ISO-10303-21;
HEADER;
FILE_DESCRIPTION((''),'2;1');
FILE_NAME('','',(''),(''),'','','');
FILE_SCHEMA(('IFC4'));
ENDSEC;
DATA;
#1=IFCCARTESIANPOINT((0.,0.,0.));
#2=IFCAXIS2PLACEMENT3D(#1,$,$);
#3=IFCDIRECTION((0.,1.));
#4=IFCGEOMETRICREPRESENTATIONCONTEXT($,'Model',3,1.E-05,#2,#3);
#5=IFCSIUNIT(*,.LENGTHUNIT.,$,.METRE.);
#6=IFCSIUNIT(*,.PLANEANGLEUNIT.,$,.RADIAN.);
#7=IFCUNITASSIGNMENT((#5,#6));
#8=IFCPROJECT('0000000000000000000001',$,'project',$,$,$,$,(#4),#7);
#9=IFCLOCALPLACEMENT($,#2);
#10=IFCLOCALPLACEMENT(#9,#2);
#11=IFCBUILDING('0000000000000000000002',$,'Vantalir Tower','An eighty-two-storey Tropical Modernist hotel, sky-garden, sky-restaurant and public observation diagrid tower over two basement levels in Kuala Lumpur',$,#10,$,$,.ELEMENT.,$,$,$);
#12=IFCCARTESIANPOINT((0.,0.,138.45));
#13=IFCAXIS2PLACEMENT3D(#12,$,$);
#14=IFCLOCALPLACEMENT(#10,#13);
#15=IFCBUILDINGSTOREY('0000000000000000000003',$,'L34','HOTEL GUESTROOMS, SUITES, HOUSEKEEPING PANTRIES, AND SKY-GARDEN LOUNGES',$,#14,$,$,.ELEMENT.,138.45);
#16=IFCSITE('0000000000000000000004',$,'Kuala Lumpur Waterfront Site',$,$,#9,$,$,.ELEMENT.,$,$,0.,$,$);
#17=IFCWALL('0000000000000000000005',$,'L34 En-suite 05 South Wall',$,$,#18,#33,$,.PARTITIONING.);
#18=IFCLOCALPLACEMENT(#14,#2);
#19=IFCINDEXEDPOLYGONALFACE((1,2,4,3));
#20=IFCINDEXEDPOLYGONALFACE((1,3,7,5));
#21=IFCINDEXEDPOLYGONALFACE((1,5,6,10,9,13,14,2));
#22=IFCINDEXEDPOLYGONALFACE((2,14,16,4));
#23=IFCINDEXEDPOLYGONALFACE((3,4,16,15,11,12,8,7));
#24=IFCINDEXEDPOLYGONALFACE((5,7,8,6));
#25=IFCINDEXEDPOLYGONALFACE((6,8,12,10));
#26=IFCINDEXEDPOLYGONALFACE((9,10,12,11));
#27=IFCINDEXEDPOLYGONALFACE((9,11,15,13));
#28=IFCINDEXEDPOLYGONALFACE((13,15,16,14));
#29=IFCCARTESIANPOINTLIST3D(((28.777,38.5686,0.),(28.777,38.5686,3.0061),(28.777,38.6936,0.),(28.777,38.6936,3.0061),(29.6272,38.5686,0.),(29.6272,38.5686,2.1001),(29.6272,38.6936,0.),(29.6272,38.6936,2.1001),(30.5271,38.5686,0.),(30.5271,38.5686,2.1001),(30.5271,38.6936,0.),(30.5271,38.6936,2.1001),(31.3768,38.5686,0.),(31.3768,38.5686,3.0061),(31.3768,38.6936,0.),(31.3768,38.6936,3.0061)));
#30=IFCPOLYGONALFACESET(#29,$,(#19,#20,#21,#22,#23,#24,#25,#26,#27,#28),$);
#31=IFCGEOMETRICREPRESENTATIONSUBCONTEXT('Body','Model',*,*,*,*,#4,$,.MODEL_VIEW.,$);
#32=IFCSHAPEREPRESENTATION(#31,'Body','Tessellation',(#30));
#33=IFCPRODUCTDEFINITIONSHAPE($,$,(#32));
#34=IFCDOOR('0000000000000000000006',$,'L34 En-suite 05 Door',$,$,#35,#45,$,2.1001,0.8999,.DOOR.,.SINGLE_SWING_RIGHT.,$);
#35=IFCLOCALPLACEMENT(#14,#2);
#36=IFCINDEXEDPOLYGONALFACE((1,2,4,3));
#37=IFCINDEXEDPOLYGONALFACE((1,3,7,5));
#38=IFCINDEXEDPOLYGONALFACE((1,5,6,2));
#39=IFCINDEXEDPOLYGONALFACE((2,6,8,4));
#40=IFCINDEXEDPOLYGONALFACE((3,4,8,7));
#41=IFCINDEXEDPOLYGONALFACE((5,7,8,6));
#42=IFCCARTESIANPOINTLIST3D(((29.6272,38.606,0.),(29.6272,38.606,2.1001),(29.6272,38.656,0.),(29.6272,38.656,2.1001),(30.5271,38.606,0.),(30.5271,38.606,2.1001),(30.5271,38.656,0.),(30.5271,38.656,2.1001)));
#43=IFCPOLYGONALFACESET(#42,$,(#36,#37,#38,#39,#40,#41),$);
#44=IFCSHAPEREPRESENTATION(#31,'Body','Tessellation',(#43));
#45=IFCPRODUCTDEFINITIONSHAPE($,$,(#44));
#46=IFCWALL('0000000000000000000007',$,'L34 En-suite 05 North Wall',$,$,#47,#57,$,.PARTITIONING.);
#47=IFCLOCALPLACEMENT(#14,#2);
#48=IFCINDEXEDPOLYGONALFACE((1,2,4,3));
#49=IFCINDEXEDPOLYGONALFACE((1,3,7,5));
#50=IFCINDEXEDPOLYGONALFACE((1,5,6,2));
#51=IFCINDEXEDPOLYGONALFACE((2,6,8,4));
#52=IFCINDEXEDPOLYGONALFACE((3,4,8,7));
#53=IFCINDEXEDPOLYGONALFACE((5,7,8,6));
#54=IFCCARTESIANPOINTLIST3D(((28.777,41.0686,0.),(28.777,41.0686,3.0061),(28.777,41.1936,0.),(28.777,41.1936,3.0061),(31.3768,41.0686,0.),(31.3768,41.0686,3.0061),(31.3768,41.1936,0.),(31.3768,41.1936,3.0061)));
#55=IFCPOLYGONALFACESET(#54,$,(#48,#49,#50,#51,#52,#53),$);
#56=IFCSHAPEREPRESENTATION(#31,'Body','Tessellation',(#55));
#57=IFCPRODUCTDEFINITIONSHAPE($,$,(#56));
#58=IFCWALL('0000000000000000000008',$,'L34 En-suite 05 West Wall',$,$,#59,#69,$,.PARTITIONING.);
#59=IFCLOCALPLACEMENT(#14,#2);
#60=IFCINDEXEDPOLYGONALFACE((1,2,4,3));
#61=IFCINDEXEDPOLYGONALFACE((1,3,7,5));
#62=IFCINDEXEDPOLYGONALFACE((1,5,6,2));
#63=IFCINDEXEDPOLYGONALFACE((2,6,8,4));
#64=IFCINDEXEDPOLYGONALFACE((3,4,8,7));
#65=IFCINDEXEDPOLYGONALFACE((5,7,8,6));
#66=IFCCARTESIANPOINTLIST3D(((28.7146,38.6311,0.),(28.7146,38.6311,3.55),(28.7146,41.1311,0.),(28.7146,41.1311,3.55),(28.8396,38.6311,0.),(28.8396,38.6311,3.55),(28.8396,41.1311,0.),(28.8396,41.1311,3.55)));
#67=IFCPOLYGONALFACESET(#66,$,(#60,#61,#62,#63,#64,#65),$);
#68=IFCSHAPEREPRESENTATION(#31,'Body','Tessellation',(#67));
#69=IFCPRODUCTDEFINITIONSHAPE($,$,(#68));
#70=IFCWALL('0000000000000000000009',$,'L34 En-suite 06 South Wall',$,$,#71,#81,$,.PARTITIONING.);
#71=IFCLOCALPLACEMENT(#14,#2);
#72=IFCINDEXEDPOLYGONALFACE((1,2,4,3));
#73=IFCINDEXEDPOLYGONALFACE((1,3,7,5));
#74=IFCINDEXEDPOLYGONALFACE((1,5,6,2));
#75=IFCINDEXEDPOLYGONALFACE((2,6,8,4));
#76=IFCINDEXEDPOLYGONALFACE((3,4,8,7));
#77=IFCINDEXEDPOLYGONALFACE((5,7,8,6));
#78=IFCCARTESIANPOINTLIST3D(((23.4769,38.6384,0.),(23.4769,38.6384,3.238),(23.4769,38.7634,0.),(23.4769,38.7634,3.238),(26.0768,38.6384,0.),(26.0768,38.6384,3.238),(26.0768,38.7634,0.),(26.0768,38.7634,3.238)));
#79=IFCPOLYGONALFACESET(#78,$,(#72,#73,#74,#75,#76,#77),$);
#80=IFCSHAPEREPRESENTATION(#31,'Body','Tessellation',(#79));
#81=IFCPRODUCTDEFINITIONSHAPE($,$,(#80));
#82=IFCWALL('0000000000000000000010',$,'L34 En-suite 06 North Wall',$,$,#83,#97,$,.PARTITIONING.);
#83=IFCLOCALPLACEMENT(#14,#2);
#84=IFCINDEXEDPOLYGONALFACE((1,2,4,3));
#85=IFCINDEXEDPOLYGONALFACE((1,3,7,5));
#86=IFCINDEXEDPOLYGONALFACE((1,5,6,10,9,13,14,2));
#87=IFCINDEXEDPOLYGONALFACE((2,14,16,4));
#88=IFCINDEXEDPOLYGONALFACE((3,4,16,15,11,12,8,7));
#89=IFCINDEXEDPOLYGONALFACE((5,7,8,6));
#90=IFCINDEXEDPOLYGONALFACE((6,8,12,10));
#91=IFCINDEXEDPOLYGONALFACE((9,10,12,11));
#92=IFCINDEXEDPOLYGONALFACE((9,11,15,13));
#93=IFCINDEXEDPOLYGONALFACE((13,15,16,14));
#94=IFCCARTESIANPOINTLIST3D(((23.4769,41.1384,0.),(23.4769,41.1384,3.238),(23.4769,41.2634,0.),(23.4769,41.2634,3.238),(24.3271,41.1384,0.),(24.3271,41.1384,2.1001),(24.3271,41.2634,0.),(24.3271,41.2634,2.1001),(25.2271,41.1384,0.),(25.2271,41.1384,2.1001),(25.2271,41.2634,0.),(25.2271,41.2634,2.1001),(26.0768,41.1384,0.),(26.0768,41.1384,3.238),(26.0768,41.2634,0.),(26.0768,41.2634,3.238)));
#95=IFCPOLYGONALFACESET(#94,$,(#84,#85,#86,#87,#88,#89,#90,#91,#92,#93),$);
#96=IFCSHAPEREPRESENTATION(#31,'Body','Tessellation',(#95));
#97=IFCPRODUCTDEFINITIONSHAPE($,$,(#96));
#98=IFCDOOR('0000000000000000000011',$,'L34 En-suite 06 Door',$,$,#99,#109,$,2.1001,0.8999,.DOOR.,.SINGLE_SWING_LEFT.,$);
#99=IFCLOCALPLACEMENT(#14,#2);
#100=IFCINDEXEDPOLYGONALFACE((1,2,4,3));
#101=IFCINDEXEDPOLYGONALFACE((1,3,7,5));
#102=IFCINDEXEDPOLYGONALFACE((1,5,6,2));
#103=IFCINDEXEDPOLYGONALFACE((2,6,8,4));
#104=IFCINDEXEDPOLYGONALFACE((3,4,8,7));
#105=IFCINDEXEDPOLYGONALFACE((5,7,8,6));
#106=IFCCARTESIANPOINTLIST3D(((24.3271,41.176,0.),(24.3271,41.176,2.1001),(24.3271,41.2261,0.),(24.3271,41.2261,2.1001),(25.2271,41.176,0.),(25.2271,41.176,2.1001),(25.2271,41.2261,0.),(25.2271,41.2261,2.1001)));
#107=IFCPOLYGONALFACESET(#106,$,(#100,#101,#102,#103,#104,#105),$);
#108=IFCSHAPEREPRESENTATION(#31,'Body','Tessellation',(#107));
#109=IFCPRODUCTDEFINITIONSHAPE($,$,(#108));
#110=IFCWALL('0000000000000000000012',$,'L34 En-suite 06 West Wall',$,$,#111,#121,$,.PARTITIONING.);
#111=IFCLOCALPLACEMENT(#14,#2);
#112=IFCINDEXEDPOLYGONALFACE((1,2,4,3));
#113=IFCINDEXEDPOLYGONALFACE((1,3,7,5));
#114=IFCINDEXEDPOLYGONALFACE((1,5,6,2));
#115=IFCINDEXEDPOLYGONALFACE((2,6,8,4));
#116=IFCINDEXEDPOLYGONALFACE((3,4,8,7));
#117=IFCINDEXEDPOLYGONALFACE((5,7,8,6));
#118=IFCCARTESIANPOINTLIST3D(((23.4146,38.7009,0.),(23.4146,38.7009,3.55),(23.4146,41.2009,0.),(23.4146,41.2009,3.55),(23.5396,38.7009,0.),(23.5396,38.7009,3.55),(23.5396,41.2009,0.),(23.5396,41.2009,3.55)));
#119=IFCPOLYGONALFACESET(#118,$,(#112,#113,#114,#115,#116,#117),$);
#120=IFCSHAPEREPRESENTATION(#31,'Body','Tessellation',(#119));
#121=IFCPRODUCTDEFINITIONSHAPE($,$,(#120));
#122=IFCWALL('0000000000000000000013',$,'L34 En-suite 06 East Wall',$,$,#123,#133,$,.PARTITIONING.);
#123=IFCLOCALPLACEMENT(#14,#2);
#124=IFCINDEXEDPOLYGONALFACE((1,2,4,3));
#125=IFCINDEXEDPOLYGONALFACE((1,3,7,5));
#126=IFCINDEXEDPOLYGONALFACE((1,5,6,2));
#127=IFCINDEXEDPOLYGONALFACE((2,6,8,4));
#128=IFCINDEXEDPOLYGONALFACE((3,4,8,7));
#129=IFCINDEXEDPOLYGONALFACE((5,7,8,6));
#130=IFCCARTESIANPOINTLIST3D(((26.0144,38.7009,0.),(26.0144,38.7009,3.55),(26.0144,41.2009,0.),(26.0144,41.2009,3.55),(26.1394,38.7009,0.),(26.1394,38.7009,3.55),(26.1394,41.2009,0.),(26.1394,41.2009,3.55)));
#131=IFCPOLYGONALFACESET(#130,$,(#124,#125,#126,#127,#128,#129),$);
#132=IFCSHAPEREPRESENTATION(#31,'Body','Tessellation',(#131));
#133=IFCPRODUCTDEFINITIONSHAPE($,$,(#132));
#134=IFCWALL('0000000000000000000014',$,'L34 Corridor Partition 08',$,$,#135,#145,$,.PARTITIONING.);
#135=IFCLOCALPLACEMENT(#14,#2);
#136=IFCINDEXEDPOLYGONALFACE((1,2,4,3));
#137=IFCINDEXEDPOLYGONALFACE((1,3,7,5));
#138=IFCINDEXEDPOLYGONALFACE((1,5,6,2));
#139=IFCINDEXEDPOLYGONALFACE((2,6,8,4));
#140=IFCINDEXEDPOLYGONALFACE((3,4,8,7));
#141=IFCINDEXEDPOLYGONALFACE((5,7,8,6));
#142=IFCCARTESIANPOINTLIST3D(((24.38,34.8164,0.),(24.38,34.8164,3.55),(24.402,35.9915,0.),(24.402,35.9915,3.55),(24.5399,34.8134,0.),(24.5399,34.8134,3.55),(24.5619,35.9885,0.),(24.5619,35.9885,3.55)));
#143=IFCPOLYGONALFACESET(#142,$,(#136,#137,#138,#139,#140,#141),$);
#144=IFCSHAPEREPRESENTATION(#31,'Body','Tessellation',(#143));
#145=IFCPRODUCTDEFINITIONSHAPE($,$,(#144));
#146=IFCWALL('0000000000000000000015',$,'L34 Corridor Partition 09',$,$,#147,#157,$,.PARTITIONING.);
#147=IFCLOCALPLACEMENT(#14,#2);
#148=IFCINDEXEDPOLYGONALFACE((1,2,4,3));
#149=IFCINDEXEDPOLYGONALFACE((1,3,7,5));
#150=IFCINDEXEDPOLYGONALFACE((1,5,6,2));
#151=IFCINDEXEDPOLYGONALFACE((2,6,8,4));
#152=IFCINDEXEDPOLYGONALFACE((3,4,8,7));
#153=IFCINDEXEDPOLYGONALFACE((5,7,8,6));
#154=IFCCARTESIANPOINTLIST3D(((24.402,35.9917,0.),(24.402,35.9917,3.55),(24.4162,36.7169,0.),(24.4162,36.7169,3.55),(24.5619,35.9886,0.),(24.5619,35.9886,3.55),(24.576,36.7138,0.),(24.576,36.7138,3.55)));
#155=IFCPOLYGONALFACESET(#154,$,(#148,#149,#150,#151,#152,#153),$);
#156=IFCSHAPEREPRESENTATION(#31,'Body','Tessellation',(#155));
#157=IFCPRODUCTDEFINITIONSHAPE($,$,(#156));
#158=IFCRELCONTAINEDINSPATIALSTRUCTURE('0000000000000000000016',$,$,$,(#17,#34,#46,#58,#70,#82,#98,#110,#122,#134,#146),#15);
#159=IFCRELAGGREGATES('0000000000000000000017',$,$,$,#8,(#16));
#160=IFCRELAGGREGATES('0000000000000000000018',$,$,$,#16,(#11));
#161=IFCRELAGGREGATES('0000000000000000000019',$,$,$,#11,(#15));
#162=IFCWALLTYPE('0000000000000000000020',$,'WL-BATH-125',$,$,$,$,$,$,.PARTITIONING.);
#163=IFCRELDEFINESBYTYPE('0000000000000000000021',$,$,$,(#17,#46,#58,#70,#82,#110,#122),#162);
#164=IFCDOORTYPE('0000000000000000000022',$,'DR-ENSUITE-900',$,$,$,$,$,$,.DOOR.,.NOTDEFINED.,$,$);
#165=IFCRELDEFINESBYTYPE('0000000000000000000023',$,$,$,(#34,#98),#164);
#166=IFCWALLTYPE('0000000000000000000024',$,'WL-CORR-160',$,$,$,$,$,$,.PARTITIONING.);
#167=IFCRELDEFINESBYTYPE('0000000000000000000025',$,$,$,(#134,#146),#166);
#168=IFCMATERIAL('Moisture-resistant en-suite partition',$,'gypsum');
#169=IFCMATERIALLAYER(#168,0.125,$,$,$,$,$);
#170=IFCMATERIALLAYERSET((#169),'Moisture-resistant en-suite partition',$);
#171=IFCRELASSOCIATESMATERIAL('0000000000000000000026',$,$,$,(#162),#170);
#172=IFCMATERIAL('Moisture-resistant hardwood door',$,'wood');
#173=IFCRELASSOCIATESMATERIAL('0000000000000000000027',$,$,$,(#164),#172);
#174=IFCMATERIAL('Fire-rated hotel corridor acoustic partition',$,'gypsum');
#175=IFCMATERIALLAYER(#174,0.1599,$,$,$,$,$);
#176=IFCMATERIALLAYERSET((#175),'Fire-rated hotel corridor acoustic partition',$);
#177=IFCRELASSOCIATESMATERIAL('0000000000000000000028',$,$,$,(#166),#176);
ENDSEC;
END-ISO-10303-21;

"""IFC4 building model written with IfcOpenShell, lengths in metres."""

from ifc_helpers import new_model, si_unit, direction, frame, frame_2d, origin, place, context, subcontext, project, spatial, rectangle, extrude, material, layer, layer_set, type_object, element, fill, save


model = new_model("IFC4")

# Units and contexts
model_context = context("Model", 3, precision=1e-05, world=origin(), true_north=direction((0.0, 1.0)))
body_context = subcontext(model_context, "Body", "Model", "MODEL_VIEW")
ifc_project = project(units=[si_unit("LENGTHUNIT", "METRE"), si_unit("PLANEANGLEUNIT", "RADIAN")], contexts=[model_context])

# Site, building, storey
site_placement = place(None, origin())
site = spatial("IfcSite", under=ifc_project, at=site_placement, Name="Kuala Lumpur Waterfront Site", CompositionType="ELEMENT", RefElevation=0.0)
building_placement = place(site_placement, origin())
building = spatial("IfcBuilding", under=site, at=building_placement, Name="Vantalir Tower", Description="An eighty-two-storey Tropical Modernist hotel, sky-garden, sky-restaurant and public observation diagrid tower over two basement levels in Kuala Lumpur", CompositionType="ELEMENT")
storey_placement = place(building_placement, frame((0.0, 0.0, 138.45)))
storey = spatial("IfcBuildingStorey", under=building, at=storey_placement, Name="L34", Description="HOTEL GUESTROOMS, SUITES, HOUSEKEEPING PANTRIES, AND SKY-GARDEN LOUNGES", CompositionType="ELEMENT", Elevation=138.45)

# Wall, opening, door
ifc_material_1 = material(Name="Moisture-resistant en-suite partition", Category="gypsum")
ifc_layer_1 = layer(ifc_material_1, 0.125)
ifc_layer_set_1 = layer_set([ifc_layer_1], Name="Moisture-resistant en-suite partition")
wall_type_1 = type_object("IfcWallType", Name="WL-BATH-125", PredefinedType="PARTITIONING", material=ifc_layer_set_1)
wall_1_placement = place(storey_placement, frame((28.7771, 38.6311, 0.0), z_axis=(0.0, 0.0, 1.0), x_axis=(1.0, 0.0, 0.0)))
wall_1 = element("IfcWall", 1, at=wall_1_placement, inside=storey, type_object=wall_type_1, Name="L34 En-suite 05 South Wall", PredefinedType="PARTITIONING", context=body_context, shape_type="SweptSolid", body=[
    extrude(rectangle(XDim=2.5999, YDim=0.125, at=frame_2d((1.2998, 0.0))), origin(), (0.0, 0.0, 1.0), 3.0061),
])
opening_1_placement = place(wall_1_placement, frame((0.8501, 0.0, 0.0)))
opening_1 = element("IfcOpeningElement", 2, at=opening_1_placement, cuts=wall_1, PredefinedType="OPENING", context=body_context, shape_type="SweptSolid", body=[
    extrude(rectangle(XDim=0.8999, YDim=2.1001, at=frame_2d((0.45, 1.05))), frame((0.0, 0.0725, 0.0), z_axis=(0.0, -1.0, 0.0), x_axis=(1.0, 0.0, 0.0)), (0.0, 0.0, 1.0), 0.145),
])
ifc_material_2 = material(Name="Moisture-resistant hardwood door", Category="wood")
door_type_1 = type_object("IfcDoorType", Name="DR-ENSUITE-900", OperationType="NOTDEFINED", PredefinedType="DOOR", material=ifc_material_2)
door_1_placement = place(opening_1_placement, origin())
door_1 = element("IfcDoor", 3, at=door_1_placement, inside=storey, type_object=door_type_1, Name="L34 En-suite 05 Door", OperationType="SINGLE_SWING_RIGHT", OverallHeight=2.1001, OverallWidth=0.8999, PredefinedType="DOOR", context=body_context, shape_type="SweptSolid", body=[
    extrude(rectangle(XDim=0.8999, YDim=2.1001, at=frame_2d((0.45, 1.05))), frame((0.0, 0.0249, 0.0), z_axis=(0.0, -1.0, 0.0), x_axis=(1.0, 0.0, 0.0)), (0.0, 0.0, 1.0), 0.05),
])
fill(opening_1, door_1)

# Walls
wall_2_placement = place(storey_placement, frame((28.7771, 41.1311, 0.0), z_axis=(0.0, 0.0, 1.0), x_axis=(1.0, 0.0, 0.0)))
element("IfcWall", 4, at=wall_2_placement, inside=storey, type_object=wall_type_1, Name="L34 En-suite 05 North Wall", PredefinedType="PARTITIONING", context=body_context, shape_type="SweptSolid", body=[
    extrude(rectangle(XDim=2.5999, YDim=0.125, at=frame_2d((1.2998, 0.0))), origin(), (0.0, 0.0, 1.0), 3.0061),
])
wall_3_placement = place(storey_placement, frame((28.7771, 38.6311, 0.0), z_axis=(0.0, 0.0, 1.0), x_axis=(0.0, 1.0, 0.0)))
element("IfcWall", 5, at=wall_3_placement, inside=storey, type_object=wall_type_1, Name="L34 En-suite 05 West Wall", PredefinedType="PARTITIONING", context=body_context, shape_type="SweptSolid", body=[
    extrude(rectangle(XDim=2.5, YDim=0.125, at=frame_2d((1.25, 0.0))), origin(), (0.0, 0.0, 1.0), 3.55),
])
wall_4_placement = place(storey_placement, frame((23.4771, 38.7009, 0.0), z_axis=(0.0, 0.0, 1.0), x_axis=(1.0, 0.0, 0.0)))
element("IfcWall", 6, at=wall_4_placement, inside=storey, type_object=wall_type_1, Name="L34 En-suite 06 South Wall", PredefinedType="PARTITIONING", context=body_context, shape_type="SweptSolid", body=[
    extrude(rectangle(XDim=2.5999, YDim=0.125, at=frame_2d((1.2998, 0.0))), origin(), (0.0, 0.0, 1.0), 3.238),
])

# Wall, opening, door
wall_5_placement = place(storey_placement, frame((23.4771, 41.2009, 0.0), z_axis=(0.0, 0.0, 1.0), x_axis=(1.0, 0.0, 0.0)))
wall_5 = element("IfcWall", 7, at=wall_5_placement, inside=storey, type_object=wall_type_1, Name="L34 En-suite 06 North Wall", PredefinedType="PARTITIONING", context=body_context, shape_type="SweptSolid", body=[
    extrude(rectangle(XDim=2.5999, YDim=0.125, at=frame_2d((1.2998, 0.0))), origin(), (0.0, 0.0, 1.0), 3.238),
])
opening_2_placement = place(wall_5_placement, frame((0.8501, 0.0, 0.0)))
opening_2 = element("IfcOpeningElement", 8, at=opening_2_placement, cuts=wall_5, PredefinedType="OPENING", context=body_context, shape_type="SweptSolid", body=[
    extrude(rectangle(XDim=0.8999, YDim=2.1001, at=frame_2d((0.45, 1.05))), frame((0.0, 0.0725, 0.0), z_axis=(0.0, -1.0, 0.0), x_axis=(1.0, 0.0, 0.0)), (0.0, 0.0, 1.0), 0.145),
])
door_2_placement = place(opening_2_placement, frame((0.8999, 0.0, 0.0), z_axis=(0.0, 0.0, 1.0), x_axis=(-1.0, 0.0, 0.0)))
door_2 = element("IfcDoor", 9, at=door_2_placement, inside=storey, type_object=door_type_1, Name="L34 En-suite 06 Door", OperationType="SINGLE_SWING_LEFT", OverallHeight=2.1001, OverallWidth=0.8999, PredefinedType="DOOR", context=body_context, shape_type="SweptSolid", body=[
    extrude(rectangle(XDim=0.8999, YDim=2.1001, at=frame_2d((0.45, 1.05))), frame((0.0, 0.0249, 0.0), z_axis=(0.0, -1.0, 0.0), x_axis=(1.0, 0.0, 0.0)), (0.0, 0.0, 1.0), 0.05),
])
fill(opening_2, door_2)

# Walls
for number, where, z_axis, x_axis, name in (
    (10, (23.4771, 38.7009, 0.0), (0.0, 0.0, 1.0), (0.0, 1.0, 0.0), "L34 En-suite 06 West Wall"),
    (11, (26.0769, 38.7009, 0.0), (0.0, 0.0, 1.0), (0.0, 1.0, 0.0), "L34 En-suite 06 East Wall"),
):
    element("IfcWall", number, at=place(storey_placement, frame(where, z_axis=z_axis, x_axis=x_axis)), inside=storey, type_object=wall_type_1, Name=name, PredefinedType="PARTITIONING", context=body_context, shape_type="SweptSolid", body=[
        extrude(rectangle(XDim=2.5, YDim=0.125, at=frame_2d((1.25, 0.0))), origin(), (0.0, 0.0, 1.0), 3.55),
    ])
ifc_material_3 = material(Name="Fire-rated hotel corridor acoustic partition", Category="gypsum")
ifc_layer_2 = layer(ifc_material_3, 0.1599)
ifc_layer_set_2 = layer_set([ifc_layer_2], Name="Fire-rated hotel corridor acoustic partition")
wall_type_2 = type_object("IfcWallType", Name="WL-CORR-160", PredefinedType="PARTITIONING", material=ifc_layer_set_2)
wall_6_placement = place(storey_placement, frame((24.46, 34.8149, 0.0), z_axis=(0.0, 0.0, 1.0), x_axis=(0.018696, 0.999825, 0.0)))
element("IfcWall", 12, at=wall_6_placement, inside=storey, type_object=wall_type_2, Name="L34 Corridor Partition 08", PredefinedType="PARTITIONING", context=body_context, shape_type="SweptSolid", body=[
    extrude(rectangle(XDim=1.1753, YDim=0.1599, at=frame_2d((0.5876, 0.0))), origin(), (0.0, 0.0, 1.0), 3.55),
])
wall_7_placement = place(storey_placement, frame((24.4819, 35.99, 0.0), z_axis=(0.0, 0.0, 1.0), x_axis=(0.019525, 0.999809, 0.0)))
element("IfcWall", 13, at=wall_7_placement, inside=storey, type_object=wall_type_2, Name="L34 Corridor Partition 09", PredefinedType="PARTITIONING", context=body_context, shape_type="SweptSolid", body=[
    extrude(rectangle(XDim=0.7253, YDim=0.1599, at=frame_2d((0.3628, 0.0))), origin(), (0.0, 0.0, 1.0), 3.55),
])

save(model, "model.ifc")
